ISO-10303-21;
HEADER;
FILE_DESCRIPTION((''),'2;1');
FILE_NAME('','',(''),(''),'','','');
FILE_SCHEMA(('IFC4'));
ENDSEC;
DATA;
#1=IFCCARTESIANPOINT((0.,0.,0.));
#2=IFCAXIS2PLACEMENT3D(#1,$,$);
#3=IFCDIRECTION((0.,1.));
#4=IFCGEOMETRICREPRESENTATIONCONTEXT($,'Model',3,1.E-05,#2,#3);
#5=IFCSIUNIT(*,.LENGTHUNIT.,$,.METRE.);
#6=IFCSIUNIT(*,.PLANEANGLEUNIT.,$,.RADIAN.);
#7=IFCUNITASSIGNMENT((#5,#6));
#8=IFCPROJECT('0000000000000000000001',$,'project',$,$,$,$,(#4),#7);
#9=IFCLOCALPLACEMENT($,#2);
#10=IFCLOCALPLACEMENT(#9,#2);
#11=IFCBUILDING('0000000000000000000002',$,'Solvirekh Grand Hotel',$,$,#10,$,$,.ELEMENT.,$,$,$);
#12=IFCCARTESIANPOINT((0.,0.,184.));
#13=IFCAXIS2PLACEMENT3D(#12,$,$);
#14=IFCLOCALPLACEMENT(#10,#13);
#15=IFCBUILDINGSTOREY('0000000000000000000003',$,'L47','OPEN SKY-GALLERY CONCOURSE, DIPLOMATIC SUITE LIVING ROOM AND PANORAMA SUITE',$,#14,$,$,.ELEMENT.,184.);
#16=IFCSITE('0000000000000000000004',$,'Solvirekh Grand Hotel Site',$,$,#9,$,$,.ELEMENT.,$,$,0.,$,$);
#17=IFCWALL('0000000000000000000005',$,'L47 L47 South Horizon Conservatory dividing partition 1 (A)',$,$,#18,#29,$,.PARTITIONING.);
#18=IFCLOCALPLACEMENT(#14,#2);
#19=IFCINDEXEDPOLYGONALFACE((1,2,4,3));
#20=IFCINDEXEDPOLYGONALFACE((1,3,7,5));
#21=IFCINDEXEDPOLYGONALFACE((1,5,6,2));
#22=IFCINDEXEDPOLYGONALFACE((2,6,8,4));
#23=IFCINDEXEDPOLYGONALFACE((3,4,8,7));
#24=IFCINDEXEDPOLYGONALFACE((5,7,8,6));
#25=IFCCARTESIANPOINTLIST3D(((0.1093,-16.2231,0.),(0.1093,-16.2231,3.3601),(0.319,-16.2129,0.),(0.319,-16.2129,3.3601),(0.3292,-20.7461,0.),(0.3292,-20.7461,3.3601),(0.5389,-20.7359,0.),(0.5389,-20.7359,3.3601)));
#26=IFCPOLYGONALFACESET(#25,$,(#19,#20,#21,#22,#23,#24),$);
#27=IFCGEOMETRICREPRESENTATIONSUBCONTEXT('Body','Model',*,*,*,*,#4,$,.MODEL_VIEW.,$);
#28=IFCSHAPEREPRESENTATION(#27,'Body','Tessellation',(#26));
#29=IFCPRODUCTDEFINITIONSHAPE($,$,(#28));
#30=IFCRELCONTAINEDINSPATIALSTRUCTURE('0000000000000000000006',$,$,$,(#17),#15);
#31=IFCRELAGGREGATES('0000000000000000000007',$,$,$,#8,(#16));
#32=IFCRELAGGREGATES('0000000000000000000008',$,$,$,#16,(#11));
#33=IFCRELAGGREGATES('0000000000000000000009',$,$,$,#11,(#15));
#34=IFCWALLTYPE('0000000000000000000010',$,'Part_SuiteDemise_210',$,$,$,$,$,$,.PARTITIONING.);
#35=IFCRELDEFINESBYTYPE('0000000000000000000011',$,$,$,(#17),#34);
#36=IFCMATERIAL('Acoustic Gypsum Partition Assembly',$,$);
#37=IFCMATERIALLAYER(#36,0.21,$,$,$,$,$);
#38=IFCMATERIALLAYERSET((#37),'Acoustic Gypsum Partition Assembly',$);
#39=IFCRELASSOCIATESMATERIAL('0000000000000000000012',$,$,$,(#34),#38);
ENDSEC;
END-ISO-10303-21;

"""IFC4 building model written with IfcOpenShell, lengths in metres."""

from ifc_helpers import new_model, si_unit, direction, frame, frame_2d, origin, place, context, subcontext, project, spatial, rectangle, extrude, material, layer, layer_set, type_object, element, save


model = new_model("IFC4")

# Units and contexts
model_context = context("Model", 3, precision=1e-05, world=origin(), true_north=direction((0.0, 1.0)))
body_context = subcontext(model_context, "Body", "Model", "MODEL_VIEW")
ifc_project = project(units=[si_unit("LENGTHUNIT", "METRE"), si_unit("PLANEANGLEUNIT", "RADIAN")], contexts=[model_context])

# Site, building, storey
site_placement = place(None, origin())
site = spatial("IfcSite", under=ifc_project, at=site_placement, Name="Solvirekh Grand Hotel Site", CompositionType="ELEMENT", RefElevation=0.0)
building_placement = place(site_placement, origin())
building = spatial("IfcBuilding", under=site, at=building_placement, Name="Solvirekh Grand Hotel", CompositionType="ELEMENT")
storey_placement = place(building_placement, frame((0.0, 0.0, 184.0)))
storey = spatial("IfcBuildingStorey", under=building, at=storey_placement, Name="L47", Description="OPEN SKY-GALLERY CONCOURSE, DIPLOMATIC SUITE LIVING ROOM AND PANORAMA SUITE", CompositionType="ELEMENT", Elevation=184.0)

# Shared definitions
ifc_material_1 = material(Name="Acoustic Gypsum Partition Assembly")

# Wall
ifc_layer_1 = layer(ifc_material_1, 0.21)
ifc_layer_set_1 = layer_set([ifc_layer_1], Name="Acoustic Gypsum Partition Assembly")
wall_type_1 = type_object("IfcWallType", Name="Part_SuiteDemise_210", PredefinedType="PARTITIONING", material=ifc_layer_set_1)
wall_1_placement = place(storey_placement, frame((0.2141, -16.218, 0.0), z_axis=(0.0, 0.0, 1.0), x_axis=(0.048577, -0.998819, 0.0)))
element("IfcWall", 1, at=wall_1_placement, inside=storey, type_object=wall_type_1, Name="L47 L47 South Horizon Conservatory dividing partition 1 (A)", PredefinedType="PARTITIONING", context=body_context, shape_type="SweptSolid", body=[
    extrude(rectangle(XDim=4.5283, YDim=0.21, at=frame_2d((2.2642, 0.0))), origin(), (0.0, 0.0, 1.0), 3.3601),
])

save(model, "model.ifc")
